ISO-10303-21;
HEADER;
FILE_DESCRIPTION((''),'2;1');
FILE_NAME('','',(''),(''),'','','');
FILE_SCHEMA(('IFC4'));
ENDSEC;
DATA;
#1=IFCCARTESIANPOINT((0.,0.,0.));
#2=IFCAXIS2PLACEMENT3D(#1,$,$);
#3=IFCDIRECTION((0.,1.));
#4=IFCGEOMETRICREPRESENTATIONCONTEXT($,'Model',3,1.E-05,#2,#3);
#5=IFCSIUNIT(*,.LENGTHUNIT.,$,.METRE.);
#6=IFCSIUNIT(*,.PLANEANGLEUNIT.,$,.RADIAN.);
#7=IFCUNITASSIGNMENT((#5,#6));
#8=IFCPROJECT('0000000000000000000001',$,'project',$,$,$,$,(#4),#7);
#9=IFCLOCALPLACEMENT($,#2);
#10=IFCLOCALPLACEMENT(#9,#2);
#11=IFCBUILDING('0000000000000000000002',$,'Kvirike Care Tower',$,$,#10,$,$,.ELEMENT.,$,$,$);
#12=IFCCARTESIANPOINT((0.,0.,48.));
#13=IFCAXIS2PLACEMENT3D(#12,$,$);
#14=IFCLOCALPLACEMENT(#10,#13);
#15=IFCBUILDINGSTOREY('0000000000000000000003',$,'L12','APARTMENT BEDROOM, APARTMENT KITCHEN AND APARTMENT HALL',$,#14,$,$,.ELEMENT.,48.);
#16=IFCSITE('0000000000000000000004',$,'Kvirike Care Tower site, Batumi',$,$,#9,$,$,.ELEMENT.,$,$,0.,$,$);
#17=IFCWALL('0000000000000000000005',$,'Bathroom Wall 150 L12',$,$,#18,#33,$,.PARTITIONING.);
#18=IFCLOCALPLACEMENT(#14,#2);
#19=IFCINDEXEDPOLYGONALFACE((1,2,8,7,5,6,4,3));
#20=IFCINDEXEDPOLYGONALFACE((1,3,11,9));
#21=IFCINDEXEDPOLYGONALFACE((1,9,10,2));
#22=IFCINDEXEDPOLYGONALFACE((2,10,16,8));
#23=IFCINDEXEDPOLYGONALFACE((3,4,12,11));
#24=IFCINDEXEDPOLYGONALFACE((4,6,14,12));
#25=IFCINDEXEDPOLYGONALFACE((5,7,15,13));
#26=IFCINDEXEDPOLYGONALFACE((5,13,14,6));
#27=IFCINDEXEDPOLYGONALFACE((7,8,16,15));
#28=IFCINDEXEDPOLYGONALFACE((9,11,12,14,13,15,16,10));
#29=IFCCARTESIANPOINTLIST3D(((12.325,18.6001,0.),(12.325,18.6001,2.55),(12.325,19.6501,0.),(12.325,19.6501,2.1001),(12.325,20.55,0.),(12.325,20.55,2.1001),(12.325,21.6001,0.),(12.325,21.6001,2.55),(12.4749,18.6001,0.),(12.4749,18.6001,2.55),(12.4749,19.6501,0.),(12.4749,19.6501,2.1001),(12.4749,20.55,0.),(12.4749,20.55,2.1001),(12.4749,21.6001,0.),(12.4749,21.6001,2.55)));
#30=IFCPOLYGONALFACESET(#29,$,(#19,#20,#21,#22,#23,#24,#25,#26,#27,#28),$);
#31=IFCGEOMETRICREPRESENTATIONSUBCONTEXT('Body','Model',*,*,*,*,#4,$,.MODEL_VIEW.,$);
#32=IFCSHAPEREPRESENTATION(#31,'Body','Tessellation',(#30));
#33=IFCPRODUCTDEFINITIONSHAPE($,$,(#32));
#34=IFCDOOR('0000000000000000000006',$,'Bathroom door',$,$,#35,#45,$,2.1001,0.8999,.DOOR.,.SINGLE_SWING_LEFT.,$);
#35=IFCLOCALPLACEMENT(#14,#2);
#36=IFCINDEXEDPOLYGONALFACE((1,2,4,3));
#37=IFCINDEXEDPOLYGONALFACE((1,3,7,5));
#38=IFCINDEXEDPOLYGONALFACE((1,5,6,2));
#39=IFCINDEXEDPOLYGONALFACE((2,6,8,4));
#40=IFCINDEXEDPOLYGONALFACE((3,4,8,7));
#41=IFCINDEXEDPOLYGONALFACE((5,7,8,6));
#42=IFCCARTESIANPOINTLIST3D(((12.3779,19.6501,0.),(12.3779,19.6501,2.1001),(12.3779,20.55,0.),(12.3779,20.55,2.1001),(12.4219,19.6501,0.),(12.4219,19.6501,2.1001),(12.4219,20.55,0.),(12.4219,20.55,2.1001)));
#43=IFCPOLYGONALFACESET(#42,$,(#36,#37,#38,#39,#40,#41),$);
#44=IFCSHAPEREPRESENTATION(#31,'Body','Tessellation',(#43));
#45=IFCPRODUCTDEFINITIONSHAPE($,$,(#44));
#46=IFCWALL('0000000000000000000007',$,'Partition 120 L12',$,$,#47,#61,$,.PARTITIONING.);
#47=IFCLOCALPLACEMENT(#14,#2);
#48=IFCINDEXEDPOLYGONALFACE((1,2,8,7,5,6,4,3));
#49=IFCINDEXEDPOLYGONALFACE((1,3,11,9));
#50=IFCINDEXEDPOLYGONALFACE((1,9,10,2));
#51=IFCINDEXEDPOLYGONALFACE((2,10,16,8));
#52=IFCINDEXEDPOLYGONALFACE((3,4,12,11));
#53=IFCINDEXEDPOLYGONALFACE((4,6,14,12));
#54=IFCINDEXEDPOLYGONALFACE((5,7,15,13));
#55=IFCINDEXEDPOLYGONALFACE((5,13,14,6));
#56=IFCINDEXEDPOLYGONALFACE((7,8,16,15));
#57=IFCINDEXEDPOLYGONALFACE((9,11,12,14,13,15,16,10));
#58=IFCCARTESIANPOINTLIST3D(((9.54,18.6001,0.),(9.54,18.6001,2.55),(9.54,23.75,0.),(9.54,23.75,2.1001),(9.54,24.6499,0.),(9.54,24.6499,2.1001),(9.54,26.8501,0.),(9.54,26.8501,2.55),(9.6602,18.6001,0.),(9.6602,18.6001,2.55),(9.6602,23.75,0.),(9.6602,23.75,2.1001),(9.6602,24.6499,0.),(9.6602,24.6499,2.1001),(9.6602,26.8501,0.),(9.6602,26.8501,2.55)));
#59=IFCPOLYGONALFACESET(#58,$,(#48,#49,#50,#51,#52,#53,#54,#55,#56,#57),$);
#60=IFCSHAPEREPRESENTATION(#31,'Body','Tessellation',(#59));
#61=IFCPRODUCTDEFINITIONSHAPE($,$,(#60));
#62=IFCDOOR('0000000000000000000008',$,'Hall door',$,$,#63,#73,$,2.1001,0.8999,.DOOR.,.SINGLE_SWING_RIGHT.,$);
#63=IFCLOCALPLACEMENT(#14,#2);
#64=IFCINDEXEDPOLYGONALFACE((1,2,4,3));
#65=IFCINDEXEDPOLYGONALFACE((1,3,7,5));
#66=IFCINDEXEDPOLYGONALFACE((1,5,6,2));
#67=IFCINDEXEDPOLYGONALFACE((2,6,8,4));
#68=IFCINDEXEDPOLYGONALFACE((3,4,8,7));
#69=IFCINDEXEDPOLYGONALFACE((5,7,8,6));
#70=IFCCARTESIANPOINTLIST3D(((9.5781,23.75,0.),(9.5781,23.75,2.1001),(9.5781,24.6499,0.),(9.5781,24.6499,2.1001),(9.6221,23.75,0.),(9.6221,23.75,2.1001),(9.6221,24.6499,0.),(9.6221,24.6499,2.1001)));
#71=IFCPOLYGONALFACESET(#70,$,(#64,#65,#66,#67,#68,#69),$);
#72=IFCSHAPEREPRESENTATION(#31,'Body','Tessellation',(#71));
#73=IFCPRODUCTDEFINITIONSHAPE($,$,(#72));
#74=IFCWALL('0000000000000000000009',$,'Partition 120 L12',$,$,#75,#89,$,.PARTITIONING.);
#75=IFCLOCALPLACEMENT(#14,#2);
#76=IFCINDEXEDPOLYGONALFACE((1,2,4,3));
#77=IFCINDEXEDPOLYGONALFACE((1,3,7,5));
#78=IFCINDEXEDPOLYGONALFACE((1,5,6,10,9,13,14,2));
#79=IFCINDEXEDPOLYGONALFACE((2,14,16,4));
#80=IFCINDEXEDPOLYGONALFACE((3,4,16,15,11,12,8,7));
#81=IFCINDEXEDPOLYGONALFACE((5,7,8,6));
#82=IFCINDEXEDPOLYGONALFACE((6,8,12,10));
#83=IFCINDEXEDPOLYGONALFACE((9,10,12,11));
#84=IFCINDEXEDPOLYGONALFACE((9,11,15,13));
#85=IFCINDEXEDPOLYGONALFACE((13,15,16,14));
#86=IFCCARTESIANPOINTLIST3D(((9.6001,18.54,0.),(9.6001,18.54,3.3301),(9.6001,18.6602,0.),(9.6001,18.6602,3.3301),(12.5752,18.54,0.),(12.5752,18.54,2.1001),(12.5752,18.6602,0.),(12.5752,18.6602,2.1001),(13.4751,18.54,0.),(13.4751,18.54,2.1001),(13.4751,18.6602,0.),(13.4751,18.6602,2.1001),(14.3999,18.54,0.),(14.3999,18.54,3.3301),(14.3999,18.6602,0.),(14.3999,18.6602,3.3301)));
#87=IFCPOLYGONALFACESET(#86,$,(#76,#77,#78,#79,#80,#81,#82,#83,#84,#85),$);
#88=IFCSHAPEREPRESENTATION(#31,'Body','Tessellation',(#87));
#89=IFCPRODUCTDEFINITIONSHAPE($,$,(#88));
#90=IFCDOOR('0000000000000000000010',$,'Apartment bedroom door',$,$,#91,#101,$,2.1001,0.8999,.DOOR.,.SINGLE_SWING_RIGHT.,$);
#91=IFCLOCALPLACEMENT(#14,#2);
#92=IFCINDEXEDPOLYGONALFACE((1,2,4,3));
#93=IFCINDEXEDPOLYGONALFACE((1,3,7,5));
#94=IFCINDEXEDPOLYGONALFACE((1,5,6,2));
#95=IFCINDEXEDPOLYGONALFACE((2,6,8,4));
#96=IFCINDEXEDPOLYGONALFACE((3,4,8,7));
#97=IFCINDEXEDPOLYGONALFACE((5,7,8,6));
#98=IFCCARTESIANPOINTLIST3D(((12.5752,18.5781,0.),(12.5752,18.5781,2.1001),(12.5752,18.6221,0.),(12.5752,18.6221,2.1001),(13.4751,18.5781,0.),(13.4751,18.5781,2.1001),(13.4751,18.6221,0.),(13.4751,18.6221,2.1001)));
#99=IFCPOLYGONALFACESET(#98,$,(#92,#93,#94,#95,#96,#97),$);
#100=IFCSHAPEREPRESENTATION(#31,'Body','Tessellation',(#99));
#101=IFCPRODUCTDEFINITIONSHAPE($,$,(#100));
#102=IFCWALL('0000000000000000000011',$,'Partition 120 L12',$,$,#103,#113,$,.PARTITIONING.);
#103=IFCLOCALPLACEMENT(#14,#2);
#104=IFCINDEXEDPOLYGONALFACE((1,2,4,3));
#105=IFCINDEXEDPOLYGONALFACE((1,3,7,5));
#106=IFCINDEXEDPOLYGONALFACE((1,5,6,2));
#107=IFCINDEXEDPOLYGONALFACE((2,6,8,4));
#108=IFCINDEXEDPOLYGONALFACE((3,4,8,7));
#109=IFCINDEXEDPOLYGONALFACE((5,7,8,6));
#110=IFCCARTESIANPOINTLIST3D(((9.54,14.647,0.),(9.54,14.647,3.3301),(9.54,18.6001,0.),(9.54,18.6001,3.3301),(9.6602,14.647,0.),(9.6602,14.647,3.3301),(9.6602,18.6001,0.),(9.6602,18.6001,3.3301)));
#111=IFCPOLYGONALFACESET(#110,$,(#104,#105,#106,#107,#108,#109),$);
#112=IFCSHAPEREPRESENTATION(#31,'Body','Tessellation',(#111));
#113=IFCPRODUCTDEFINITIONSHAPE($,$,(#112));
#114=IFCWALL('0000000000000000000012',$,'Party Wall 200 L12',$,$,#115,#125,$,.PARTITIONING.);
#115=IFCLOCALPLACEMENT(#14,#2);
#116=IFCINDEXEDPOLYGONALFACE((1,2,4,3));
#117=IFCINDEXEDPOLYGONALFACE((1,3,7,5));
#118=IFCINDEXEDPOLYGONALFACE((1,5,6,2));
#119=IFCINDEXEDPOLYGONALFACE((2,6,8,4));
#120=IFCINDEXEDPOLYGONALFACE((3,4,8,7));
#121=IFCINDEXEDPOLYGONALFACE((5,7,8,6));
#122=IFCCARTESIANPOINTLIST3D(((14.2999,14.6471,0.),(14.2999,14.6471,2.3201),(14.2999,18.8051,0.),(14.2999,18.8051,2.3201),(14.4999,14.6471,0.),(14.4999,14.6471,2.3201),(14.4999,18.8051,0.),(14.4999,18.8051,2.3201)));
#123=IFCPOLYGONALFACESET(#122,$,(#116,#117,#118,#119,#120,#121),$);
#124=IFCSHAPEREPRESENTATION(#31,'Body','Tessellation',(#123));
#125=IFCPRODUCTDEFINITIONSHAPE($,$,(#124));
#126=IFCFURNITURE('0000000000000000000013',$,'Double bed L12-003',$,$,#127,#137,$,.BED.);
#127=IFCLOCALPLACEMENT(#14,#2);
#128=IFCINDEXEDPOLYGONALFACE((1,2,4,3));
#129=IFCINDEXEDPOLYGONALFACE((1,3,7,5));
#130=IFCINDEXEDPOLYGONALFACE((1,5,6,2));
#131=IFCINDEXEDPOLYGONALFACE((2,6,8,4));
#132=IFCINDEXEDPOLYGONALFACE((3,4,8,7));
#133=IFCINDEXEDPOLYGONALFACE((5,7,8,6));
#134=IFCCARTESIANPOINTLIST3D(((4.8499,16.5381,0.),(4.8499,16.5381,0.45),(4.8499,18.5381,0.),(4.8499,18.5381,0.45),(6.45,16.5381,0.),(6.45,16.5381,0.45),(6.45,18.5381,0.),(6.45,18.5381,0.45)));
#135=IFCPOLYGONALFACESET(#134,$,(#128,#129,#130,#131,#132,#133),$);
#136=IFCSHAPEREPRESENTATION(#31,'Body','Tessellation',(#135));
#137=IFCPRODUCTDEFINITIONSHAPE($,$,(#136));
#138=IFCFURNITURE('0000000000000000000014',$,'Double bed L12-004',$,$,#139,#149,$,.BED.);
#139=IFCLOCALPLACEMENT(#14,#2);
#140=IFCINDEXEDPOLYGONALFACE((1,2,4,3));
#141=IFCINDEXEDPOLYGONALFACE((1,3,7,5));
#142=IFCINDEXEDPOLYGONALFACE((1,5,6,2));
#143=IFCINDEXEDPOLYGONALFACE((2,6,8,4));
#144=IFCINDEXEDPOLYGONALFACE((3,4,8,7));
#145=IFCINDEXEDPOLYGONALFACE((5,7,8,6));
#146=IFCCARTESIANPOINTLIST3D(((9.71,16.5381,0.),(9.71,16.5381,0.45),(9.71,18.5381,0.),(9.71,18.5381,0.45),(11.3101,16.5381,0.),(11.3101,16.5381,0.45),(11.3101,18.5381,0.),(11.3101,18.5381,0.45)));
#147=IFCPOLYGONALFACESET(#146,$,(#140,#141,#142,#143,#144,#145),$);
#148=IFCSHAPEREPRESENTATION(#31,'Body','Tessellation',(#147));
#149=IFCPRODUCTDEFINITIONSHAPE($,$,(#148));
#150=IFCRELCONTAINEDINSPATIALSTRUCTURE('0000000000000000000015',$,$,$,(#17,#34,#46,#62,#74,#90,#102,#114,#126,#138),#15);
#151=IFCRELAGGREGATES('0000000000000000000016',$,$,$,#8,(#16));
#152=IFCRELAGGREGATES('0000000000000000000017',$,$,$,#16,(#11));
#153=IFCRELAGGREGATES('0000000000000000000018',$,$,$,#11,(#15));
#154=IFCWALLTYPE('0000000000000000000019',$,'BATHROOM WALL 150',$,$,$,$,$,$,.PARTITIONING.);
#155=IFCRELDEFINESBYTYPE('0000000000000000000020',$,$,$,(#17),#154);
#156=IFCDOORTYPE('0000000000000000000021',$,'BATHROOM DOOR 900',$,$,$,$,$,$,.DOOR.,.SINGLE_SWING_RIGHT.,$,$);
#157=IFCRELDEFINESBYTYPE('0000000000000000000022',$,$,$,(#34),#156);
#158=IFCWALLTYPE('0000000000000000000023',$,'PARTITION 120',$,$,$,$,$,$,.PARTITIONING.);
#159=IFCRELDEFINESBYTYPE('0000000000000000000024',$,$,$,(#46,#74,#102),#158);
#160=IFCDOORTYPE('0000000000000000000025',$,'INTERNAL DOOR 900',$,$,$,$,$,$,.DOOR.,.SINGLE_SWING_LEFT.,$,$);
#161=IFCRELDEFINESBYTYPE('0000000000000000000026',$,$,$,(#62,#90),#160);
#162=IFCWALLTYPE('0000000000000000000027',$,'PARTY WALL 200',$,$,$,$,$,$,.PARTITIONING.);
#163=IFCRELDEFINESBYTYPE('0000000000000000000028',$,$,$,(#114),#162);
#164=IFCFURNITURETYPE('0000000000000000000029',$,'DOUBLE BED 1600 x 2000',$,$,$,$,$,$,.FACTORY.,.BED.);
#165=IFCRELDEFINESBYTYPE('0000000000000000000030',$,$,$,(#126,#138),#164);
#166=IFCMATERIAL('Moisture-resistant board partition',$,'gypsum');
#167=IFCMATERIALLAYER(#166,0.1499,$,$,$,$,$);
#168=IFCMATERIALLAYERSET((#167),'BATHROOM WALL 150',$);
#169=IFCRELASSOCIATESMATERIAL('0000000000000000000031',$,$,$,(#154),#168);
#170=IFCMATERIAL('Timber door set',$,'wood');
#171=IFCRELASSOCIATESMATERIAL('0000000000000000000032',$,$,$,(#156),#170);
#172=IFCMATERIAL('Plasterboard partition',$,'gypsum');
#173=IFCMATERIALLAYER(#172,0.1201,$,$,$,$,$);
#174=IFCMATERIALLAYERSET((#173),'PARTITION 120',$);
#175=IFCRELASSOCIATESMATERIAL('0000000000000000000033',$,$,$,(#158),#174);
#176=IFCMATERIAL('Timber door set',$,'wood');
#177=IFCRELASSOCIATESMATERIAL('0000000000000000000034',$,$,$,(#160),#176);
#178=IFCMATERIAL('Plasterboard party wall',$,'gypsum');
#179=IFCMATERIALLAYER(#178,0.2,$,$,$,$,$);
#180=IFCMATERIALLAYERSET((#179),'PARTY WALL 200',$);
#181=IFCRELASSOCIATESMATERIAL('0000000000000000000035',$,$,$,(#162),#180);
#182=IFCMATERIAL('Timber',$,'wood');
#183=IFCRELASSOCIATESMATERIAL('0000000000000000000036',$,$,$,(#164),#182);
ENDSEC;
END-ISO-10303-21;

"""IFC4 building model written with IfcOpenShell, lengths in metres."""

from ifc_helpers import new_model, si_unit, direction, frame, frame_2d, origin, origin_2d, place, context, subcontext, project, spatial, rectangle, extrude, material, layer, layer_set, type_object, element, fill, save


model = new_model("IFC4")

# Units and contexts
model_context = context("Model", 3, precision=1e-05, world=origin(), true_north=direction((0.0, 1.0)))
body_context = subcontext(model_context, "Body", "Model", "MODEL_VIEW")
ifc_project = project(units=[si_unit("LENGTHUNIT", "METRE"), si_unit("PLANEANGLEUNIT", "RADIAN")], contexts=[model_context])

# Site, building, storey
site_placement = place(None, origin())
site = spatial("IfcSite", under=ifc_project, at=site_placement, Name="Kvirike Care Tower site, Batumi", CompositionType="ELEMENT", RefElevation=0.0)
building_placement = place(site_placement, origin())
building = spatial("IfcBuilding", under=site, at=building_placement, Name="Kvirike Care Tower", CompositionType="ELEMENT")
storey_placement = place(building_placement, frame((0.0, 0.0, 48.0)))
storey = spatial("IfcBuildingStorey", under=building, at=storey_placement, Name="L12", Description="APARTMENT BEDROOM, APARTMENT KITCHEN AND APARTMENT HALL", CompositionType="ELEMENT", Elevation=48.0)

# Walls, openings, doors
ifc_material_1 = material(Name="Moisture-resistant board partition", Category="gypsum")
ifc_layer_1 = layer(ifc_material_1, 0.1499)
ifc_layer_set_1 = layer_set([ifc_layer_1], Name="BATHROOM WALL 150")
wall_type_1 = type_object("IfcWallType", Name="BATHROOM WALL 150", PredefinedType="PARTITIONING", material=ifc_layer_set_1)
wall_1_placement = place(storey_placement, frame((12.3999, 18.6001, 0.0), z_axis=(0.0, 0.0, 1.0), x_axis=(0.0, 1.0, 0.0)))
wall_1 = element("IfcWall", 1, at=wall_1_placement, inside=storey, type_object=wall_type_1, Name="Bathroom Wall 150 L12", PredefinedType="PARTITIONING", context=body_context, shape_type="SweptSolid", body=[
    extrude(rectangle(XDim=3.0, YDim=0.1499, at=frame_2d((1.5, 0.0))), origin(), (0.0, 0.0, 1.0), 2.55),
])
opening_1_placement = place(wall_1_placement, frame((1.05, 0.0, 0.0)))
opening_1 = element("IfcOpeningElement", 2, at=opening_1_placement, cuts=wall_1, PredefinedType="OPENING", context=body_context, shape_type="SweptSolid", body=[
    extrude(rectangle(XDim=0.8999, YDim=2.1001, at=frame_2d((0.45, 1.05))), frame((0.0, 0.0854, 0.0), z_axis=(0.0, -1.0, 0.0), x_axis=(1.0, 0.0, 0.0)), (0.0, 0.0, 1.0), 0.1709),
])
ifc_material_2 = material(Name="Timber door set", Category="wood")
door_type_1 = type_object("IfcDoorType", Name="BATHROOM DOOR 900", OperationType="SINGLE_SWING_RIGHT", PredefinedType="DOOR", material=ifc_material_2)
door_1_placement = place(opening_1_placement, origin())
door_1 = element("IfcDoor", 3, at=door_1_placement, inside=storey, type_object=door_type_1, Name="Bathroom door", OperationType="SINGLE_SWING_LEFT", OverallHeight=2.1001, OverallWidth=0.8999, PredefinedType="DOOR", context=body_context, shape_type="SweptSolid", body=[
    extrude(rectangle(XDim=0.8999, YDim=2.1001, at=frame_2d((0.45, 1.05))), frame((0.0, 0.022, 0.0), z_axis=(0.0, -1.0, 0.0), x_axis=(1.0, 0.0, 0.0)), (0.0, 0.0, 1.0), 0.0439),
])
fill(opening_1, door_1)
ifc_material_3 = material(Name="Plasterboard partition", Category="gypsum")
ifc_layer_2 = layer(ifc_material_3, 0.1201)
ifc_layer_set_2 = layer_set([ifc_layer_2], Name="PARTITION 120")
wall_type_2 = type_object("IfcWallType", Name="PARTITION 120", PredefinedType="PARTITIONING", material=ifc_layer_set_2)
wall_2_placement = place(storey_placement, frame((9.6001, 18.6001, 0.0), z_axis=(0.0, 0.0, 1.0), x_axis=(0.0, 1.0, 0.0)))
wall_2 = element("IfcWall", 4, at=wall_2_placement, inside=storey, type_object=wall_type_2, Name="Partition 120 L12", PredefinedType="PARTITIONING", context=body_context, shape_type="SweptSolid", body=[
    extrude(rectangle(XDim=8.25, YDim=0.1201, at=frame_2d((4.125, 0.0))), origin(), (0.0, 0.0, 1.0), 2.55),
])
opening_2_placement = place(wall_2_placement, frame((5.1499, 0.0, 0.0)))
opening_2 = element("IfcOpeningElement", 5, at=opening_2_placement, cuts=wall_2, PredefinedType="OPENING", context=body_context, shape_type="SweptSolid", body=[
    extrude(rectangle(XDim=0.8999, YDim=2.1001, at=frame_2d((0.45, 1.05))), frame((0.0, 0.0706, 0.0), z_axis=(0.0, -1.0, 0.0), x_axis=(1.0, 0.0, 0.0)), (0.0, 0.0, 1.0), 0.1411),
])
ifc_material_4 = material(Name="Timber door set", Category="wood")
door_type_2 = type_object("IfcDoorType", Name="INTERNAL DOOR 900", OperationType="SINGLE_SWING_LEFT", PredefinedType="DOOR", material=ifc_material_4)
door_2_placement = place(opening_2_placement, frame((0.8999, 0.0, 0.0), z_axis=(0.0, 0.0, 1.0), x_axis=(-1.0, 0.0, 0.0)))
door_2 = element("IfcDoor", 6, at=door_2_placement, inside=storey, type_object=door_type_2, Name="Hall door", OperationType="SINGLE_SWING_RIGHT", OverallHeight=2.1001, OverallWidth=0.8999, PredefinedType="DOOR", context=body_context, shape_type="SweptSolid", body=[
    extrude(rectangle(XDim=0.8999, YDim=2.1001, at=frame_2d((0.45, 1.05))), frame((0.0, 0.022, 0.0), z_axis=(0.0, -1.0, 0.0), x_axis=(1.0, 0.0, 0.0)), (0.0, 0.0, 1.0), 0.0439),
])
fill(opening_2, door_2)
wall_3_placement = place(storey_placement, frame((9.6001, 18.6001, 0.0), z_axis=(0.0, 0.0, 1.0), x_axis=(1.0, 0.0, 0.0)))
wall_3 = element("IfcWall", 7, at=wall_3_placement, inside=storey, type_object=wall_type_2, Name="Partition 120 L12", PredefinedType="PARTITIONING", context=body_context, shape_type="SweptSolid", body=[
    extrude(rectangle(XDim=4.7998, YDim=0.1201, at=frame_2d((2.3999, 0.0))), origin(), (0.0, 0.0, 1.0), 3.3301),
])
opening_3_placement = place(wall_3_placement, frame((2.9751, 0.0, 0.0)))
opening_3 = element("IfcOpeningElement", 8, at=opening_3_placement, cuts=wall_3, PredefinedType="OPENING", context=body_context, shape_type="SweptSolid", body=[
    extrude(rectangle(XDim=0.8999, YDim=2.1001, at=frame_2d((0.45, 1.05))), frame((0.0, 0.0706, 0.0), z_axis=(0.0, -1.0, 0.0), x_axis=(1.0, 0.0, 0.0)), (0.0, 0.0, 1.0), 0.1411),
])
door_3_placement = place(opening_3_placement, frame((0.8999, 0.0, 0.0), z_axis=(0.0, 0.0, 1.0), x_axis=(-1.0, 0.0, 0.0)))
door_3 = element("IfcDoor", 9, at=door_3_placement, inside=storey, type_object=door_type_2, Name="Apartment bedroom door", OperationType="SINGLE_SWING_RIGHT", OverallHeight=2.1001, OverallWidth=0.8999, PredefinedType="DOOR", context=body_context, shape_type="SweptSolid", body=[
    extrude(rectangle(XDim=0.8999, YDim=2.1001, at=frame_2d((0.45, 1.05))), frame((0.0, 0.022, 0.0), z_axis=(0.0, -1.0, 0.0), x_axis=(1.0, 0.0, 0.0)), (0.0, 0.0, 1.0), 0.0439),
])
fill(opening_3, door_3)

# Walls
wall_4_placement = place(storey_placement, frame((9.6001, 14.647, 0.0), z_axis=(0.0, 0.0, 1.0), x_axis=(0.0, 1.0, 0.0)))
element("IfcWall", 10, at=wall_4_placement, inside=storey, type_object=wall_type_2, Name="Partition 120 L12", PredefinedType="PARTITIONING", context=body_context, shape_type="SweptSolid", body=[
    extrude(rectangle(XDim=3.9531, YDim=0.1201, at=frame_2d((1.9766, 0.0))), origin(), (0.0, 0.0, 1.0), 3.3301),
])
ifc_material_5 = material(Name="Plasterboard party wall", Category="gypsum")
ifc_layer_3 = layer(ifc_material_5, 0.2)
ifc_layer_set_3 = layer_set([ifc_layer_3], Name="PARTY WALL 200")
wall_type_3 = type_object("IfcWallType", Name="PARTY WALL 200", PredefinedType="PARTITIONING", material=ifc_layer_set_3)
wall_5_placement = place(storey_placement, frame((14.3999, 14.647, 0.0), z_axis=(0.0, 0.0, 1.0), x_axis=(0.0, 1.0, 0.0)))
element("IfcWall", 11, at=wall_5_placement, inside=storey, type_object=wall_type_3, Name="Party Wall 200 L12", PredefinedType="PARTITIONING", context=body_context, shape_type="SweptSolid", body=[
    extrude(rectangle(XDim=4.158, YDim=0.2, at=frame_2d((2.0791, 0.0))), origin(), (0.0, 0.0, 1.0), 2.3201),
])

# Furniture
ifc_material_6 = material(Name="Timber", Category="wood")
furniture_type = type_object("IfcFurnitureType", Name="DOUBLE BED 1600 x 2000", AssemblyPlace="FACTORY", PredefinedType="BED", material=ifc_material_6)
for number, where, z_axis, x_axis, name in (
    (12, (5.6499, 17.5381, 0.0), (0.0, 0.0, 1.0), (1.0, 0.0, 0.0), "Double bed L12-003"),
    (13, (10.51, 17.5381, 0.0), (0.0, 0.0, 1.0), (1.0, 0.0, 0.0), "Double bed L12-004"),
):
    element("IfcFurniture", number, at=place(storey_placement, frame(where, z_axis=z_axis, x_axis=x_axis)), inside=storey, type_object=furniture_type, Name=name, PredefinedType="BED", context=body_context, shape_type="SweptSolid", body=[
        extrude(rectangle(XDim=1.6001, YDim=2.0, at=origin_2d()), origin(), (0.0, 0.0, 1.0), 0.45),
    ])

save(model, "model.ifc")
